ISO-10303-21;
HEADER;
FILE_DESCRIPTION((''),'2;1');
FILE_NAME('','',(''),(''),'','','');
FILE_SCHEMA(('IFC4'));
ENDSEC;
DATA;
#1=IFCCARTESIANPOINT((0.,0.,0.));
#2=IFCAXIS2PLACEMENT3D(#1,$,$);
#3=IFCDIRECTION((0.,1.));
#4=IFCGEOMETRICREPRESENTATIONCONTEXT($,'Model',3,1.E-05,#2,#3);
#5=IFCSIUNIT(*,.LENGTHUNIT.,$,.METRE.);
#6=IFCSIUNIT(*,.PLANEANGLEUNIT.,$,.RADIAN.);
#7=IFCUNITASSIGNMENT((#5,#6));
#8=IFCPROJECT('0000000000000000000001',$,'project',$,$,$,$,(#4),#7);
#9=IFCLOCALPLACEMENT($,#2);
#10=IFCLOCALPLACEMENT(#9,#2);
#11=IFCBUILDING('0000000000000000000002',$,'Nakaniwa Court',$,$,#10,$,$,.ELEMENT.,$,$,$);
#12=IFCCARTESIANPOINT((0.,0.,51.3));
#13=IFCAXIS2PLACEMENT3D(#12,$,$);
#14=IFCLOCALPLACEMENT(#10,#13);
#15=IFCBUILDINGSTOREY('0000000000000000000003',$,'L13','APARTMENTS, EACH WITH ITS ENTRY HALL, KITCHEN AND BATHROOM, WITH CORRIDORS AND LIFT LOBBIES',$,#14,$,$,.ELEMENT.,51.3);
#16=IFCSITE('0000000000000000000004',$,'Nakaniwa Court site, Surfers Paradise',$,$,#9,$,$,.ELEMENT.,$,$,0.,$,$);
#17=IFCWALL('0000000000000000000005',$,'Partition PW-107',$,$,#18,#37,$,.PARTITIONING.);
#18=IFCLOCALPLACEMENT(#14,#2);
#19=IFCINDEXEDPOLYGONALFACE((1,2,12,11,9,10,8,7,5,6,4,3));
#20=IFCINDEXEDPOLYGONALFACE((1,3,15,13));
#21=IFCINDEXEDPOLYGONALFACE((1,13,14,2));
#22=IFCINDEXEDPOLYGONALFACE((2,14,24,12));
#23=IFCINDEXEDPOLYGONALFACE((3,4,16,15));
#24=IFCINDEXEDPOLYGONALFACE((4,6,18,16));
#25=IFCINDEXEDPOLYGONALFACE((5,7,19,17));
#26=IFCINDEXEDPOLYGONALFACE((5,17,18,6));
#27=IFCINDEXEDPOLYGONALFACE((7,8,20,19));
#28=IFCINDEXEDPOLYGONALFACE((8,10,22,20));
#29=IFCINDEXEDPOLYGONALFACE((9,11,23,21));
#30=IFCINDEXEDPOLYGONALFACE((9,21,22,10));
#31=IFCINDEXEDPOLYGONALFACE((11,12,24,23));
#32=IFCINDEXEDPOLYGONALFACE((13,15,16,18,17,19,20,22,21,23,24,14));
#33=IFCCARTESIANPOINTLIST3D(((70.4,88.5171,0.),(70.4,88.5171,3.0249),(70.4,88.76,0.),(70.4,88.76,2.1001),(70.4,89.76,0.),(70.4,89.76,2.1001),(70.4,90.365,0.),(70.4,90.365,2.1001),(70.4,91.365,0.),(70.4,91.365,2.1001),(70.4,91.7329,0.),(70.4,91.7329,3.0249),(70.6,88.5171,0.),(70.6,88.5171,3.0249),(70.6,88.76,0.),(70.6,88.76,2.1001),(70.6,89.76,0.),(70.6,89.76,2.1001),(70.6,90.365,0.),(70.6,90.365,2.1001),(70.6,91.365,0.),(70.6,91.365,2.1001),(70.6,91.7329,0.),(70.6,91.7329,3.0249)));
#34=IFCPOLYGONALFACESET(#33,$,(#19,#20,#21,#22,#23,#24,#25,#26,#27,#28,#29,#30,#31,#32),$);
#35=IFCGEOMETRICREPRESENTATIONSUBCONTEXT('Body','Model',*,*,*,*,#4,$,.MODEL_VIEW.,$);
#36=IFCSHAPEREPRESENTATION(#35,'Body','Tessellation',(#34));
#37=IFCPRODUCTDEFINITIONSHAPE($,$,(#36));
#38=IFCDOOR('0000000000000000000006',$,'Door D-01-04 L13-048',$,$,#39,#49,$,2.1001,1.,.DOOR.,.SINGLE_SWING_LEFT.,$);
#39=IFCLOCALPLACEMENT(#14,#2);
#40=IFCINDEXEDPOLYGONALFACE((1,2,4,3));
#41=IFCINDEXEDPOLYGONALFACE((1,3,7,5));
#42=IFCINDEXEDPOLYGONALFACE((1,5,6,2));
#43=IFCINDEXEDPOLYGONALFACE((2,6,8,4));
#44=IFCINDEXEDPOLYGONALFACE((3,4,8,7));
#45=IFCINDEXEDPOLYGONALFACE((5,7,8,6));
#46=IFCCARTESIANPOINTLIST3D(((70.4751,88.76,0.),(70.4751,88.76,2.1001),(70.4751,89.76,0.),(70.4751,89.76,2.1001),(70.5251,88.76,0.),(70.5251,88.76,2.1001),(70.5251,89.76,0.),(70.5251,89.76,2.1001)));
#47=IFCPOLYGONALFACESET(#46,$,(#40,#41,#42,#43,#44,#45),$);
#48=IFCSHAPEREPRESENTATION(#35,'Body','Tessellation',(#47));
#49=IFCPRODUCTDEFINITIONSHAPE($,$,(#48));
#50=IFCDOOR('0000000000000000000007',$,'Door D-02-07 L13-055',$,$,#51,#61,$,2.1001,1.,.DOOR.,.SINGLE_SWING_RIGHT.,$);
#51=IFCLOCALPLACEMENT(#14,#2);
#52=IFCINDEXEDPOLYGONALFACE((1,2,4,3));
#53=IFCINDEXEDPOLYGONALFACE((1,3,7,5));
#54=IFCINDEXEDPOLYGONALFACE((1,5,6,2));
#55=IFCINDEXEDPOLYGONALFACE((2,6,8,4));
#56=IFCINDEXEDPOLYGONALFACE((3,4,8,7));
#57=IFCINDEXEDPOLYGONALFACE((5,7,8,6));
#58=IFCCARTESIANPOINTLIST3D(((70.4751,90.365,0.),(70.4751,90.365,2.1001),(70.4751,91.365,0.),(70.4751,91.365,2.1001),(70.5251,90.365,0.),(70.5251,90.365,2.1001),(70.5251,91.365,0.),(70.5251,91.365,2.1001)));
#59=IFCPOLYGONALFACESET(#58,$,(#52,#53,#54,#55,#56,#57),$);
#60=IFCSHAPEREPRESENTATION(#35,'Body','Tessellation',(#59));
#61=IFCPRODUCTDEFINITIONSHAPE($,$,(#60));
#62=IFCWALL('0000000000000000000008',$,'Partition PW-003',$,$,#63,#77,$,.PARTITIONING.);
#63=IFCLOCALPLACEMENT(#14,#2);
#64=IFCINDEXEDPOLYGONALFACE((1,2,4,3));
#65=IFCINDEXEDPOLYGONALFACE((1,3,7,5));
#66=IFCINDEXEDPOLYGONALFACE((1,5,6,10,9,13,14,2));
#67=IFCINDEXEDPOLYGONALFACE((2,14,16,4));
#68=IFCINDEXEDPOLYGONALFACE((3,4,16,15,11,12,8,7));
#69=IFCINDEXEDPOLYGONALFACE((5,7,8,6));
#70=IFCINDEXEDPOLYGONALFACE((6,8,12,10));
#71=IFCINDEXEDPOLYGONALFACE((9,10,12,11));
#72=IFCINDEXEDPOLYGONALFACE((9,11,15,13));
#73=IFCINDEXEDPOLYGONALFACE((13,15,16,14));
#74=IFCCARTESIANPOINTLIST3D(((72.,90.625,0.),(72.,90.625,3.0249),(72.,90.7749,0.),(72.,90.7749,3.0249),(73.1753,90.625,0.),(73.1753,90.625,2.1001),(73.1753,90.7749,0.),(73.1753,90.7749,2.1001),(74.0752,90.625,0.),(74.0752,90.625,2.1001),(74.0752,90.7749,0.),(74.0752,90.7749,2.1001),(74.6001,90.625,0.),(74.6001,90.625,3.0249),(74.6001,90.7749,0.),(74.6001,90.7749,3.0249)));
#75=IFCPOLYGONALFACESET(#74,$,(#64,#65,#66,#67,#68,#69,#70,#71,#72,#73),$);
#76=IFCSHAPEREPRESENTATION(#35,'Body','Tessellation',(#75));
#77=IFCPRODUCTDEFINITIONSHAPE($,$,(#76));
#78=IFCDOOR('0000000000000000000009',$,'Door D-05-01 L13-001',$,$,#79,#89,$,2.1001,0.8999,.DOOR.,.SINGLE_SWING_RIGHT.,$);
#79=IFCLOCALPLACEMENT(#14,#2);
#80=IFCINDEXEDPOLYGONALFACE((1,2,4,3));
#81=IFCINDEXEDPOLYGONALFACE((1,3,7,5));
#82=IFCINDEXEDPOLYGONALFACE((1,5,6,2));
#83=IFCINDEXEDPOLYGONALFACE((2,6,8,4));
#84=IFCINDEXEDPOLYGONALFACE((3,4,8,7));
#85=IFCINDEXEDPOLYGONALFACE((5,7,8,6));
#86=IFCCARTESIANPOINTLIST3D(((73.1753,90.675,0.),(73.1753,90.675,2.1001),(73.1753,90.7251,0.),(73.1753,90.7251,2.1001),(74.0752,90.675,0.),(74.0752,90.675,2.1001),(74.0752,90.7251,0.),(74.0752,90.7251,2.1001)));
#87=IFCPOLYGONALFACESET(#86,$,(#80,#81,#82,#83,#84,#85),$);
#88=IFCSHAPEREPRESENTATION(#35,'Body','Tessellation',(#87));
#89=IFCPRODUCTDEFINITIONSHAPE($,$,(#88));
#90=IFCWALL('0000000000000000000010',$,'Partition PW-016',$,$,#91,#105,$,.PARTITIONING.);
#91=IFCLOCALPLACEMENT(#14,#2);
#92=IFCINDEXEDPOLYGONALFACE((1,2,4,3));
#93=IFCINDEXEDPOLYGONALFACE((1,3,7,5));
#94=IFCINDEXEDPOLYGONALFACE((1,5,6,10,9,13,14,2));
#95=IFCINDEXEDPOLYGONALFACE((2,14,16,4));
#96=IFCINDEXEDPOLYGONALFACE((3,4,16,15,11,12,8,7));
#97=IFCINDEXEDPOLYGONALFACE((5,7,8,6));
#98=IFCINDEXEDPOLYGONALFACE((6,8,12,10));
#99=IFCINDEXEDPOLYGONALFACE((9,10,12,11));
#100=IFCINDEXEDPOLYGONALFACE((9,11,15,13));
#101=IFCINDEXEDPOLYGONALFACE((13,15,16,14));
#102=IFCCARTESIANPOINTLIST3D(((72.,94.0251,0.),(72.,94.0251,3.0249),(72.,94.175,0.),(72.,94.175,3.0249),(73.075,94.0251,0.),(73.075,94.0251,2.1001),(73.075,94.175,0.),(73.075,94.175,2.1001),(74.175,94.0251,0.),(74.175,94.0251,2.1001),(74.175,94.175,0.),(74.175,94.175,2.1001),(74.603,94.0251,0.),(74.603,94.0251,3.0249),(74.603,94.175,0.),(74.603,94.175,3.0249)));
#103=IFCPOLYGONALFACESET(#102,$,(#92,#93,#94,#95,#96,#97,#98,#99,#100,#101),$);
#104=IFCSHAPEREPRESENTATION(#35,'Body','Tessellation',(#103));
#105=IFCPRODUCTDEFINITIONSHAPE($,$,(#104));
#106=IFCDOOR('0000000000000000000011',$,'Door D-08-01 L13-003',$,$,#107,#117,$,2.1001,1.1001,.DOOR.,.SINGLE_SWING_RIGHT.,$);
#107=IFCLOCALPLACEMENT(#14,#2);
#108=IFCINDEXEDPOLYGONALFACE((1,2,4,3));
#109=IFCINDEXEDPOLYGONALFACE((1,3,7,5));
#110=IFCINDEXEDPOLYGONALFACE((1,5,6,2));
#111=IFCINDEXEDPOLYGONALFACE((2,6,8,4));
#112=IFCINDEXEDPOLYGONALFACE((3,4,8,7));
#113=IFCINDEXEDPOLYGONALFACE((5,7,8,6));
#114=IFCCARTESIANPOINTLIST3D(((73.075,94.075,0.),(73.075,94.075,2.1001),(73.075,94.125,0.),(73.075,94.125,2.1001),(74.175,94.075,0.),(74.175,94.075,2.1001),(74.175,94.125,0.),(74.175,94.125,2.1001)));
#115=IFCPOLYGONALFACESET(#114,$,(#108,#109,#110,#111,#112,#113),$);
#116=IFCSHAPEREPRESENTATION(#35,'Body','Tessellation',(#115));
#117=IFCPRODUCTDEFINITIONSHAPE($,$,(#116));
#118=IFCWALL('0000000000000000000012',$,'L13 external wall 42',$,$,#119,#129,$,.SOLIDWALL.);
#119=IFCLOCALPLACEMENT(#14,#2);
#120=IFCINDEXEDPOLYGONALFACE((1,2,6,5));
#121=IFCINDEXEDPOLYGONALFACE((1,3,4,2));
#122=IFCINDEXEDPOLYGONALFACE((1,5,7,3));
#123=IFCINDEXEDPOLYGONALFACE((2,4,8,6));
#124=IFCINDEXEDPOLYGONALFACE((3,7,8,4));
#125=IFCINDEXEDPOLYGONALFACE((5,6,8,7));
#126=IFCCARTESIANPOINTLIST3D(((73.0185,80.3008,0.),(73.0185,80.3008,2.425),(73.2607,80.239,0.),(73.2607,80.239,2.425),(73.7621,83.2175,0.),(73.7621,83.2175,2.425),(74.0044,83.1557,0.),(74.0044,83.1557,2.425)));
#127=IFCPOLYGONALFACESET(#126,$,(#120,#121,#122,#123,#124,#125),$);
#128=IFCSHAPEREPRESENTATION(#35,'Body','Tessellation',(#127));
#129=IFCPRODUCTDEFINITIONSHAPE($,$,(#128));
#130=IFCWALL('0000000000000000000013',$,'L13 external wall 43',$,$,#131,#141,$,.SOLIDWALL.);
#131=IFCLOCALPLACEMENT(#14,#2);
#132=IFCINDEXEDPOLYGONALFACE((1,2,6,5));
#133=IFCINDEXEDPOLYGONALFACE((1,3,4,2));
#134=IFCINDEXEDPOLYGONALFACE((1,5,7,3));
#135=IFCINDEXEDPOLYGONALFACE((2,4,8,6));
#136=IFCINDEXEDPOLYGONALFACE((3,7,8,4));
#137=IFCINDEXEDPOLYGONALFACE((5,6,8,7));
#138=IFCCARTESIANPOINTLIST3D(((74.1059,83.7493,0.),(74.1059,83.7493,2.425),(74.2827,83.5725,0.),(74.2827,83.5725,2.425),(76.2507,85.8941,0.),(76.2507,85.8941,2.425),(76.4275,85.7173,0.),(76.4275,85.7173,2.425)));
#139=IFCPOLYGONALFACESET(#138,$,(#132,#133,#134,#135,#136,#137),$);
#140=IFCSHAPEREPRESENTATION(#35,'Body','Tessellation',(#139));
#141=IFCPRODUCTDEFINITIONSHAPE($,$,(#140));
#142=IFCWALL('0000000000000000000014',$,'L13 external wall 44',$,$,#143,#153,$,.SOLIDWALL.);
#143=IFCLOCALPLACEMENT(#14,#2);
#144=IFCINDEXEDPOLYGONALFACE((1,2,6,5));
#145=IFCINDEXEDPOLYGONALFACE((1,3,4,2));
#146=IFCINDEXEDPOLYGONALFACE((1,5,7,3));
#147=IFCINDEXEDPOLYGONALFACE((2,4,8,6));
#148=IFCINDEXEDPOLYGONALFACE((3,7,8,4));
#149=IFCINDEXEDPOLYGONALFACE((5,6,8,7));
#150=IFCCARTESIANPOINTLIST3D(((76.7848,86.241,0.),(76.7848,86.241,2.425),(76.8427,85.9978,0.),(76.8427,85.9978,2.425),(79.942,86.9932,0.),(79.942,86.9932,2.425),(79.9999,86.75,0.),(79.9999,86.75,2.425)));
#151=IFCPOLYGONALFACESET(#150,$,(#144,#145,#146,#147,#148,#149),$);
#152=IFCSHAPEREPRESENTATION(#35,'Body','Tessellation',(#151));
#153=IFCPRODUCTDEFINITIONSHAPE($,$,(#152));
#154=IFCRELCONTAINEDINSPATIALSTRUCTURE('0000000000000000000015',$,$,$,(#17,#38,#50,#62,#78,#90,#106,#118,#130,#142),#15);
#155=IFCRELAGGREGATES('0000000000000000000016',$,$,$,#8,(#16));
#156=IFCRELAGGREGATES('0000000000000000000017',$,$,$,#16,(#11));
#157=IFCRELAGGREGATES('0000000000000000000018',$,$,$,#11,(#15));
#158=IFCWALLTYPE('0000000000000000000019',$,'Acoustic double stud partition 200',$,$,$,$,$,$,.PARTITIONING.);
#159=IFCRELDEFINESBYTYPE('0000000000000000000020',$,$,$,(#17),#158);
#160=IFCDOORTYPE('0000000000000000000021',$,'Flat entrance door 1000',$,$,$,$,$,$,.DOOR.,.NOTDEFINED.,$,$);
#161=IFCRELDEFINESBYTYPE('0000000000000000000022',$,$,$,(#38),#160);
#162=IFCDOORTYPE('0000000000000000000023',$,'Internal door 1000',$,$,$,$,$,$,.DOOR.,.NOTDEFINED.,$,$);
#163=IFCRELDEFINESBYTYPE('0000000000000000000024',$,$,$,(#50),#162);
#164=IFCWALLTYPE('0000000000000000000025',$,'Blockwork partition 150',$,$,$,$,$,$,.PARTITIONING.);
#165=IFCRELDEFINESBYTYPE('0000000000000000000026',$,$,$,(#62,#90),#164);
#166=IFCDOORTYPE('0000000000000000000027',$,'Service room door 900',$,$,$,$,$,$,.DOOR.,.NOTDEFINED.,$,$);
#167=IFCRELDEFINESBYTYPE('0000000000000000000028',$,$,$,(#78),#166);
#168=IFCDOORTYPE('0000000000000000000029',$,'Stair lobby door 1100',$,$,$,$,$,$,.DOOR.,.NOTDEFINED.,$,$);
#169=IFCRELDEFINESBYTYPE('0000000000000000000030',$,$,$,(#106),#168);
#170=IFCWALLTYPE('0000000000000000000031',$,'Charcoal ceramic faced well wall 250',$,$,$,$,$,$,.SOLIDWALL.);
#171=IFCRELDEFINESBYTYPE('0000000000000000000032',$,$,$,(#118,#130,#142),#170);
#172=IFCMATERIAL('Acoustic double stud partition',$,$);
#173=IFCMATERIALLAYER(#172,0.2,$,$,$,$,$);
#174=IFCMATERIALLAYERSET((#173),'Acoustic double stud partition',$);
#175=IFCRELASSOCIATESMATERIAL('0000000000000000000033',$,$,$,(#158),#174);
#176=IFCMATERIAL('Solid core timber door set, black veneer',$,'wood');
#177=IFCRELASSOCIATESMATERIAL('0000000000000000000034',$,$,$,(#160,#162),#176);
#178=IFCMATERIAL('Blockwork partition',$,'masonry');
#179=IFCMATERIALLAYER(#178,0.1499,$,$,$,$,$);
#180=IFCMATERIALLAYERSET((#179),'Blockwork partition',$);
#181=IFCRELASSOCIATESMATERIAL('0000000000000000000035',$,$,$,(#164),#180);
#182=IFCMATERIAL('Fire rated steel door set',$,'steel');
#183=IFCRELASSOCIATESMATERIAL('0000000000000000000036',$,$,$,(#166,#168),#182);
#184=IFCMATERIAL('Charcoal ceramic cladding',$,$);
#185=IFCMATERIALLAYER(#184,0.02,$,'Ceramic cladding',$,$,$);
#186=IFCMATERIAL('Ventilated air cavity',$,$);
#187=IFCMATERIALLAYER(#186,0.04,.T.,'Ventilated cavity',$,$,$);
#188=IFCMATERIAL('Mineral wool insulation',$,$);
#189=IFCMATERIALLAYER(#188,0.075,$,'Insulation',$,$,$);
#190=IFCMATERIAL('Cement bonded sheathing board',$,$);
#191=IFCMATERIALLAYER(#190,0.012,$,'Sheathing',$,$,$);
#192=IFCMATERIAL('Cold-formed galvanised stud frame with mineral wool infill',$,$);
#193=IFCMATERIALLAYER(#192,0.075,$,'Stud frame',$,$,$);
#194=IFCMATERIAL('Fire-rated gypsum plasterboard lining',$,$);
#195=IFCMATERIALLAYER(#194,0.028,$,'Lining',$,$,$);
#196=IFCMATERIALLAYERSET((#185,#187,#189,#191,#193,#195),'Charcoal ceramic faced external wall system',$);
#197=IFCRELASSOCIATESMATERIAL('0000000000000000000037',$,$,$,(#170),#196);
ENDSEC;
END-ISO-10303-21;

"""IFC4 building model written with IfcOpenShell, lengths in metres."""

from ifc_helpers import new_model, si_unit, direction, frame, frame_2d, origin, place, context, subcontext, project, spatial, rectangle, extrude, material, layer, layer_set, type_object, element, fill, save


model = new_model("IFC4")

# Units and contexts
model_context = context("Model", 3, precision=1e-05, world=origin(), true_north=direction((0.0, 1.0)))
body_context = subcontext(model_context, "Body", "Model", "MODEL_VIEW")
ifc_project = project(units=[si_unit("LENGTHUNIT", "METRE"), si_unit("PLANEANGLEUNIT", "RADIAN")], contexts=[model_context])

# Site, building, storey
site_placement = place(None, origin())
site = spatial("IfcSite", under=ifc_project, at=site_placement, Name="Nakaniwa Court site, Surfers Paradise", CompositionType="ELEMENT", RefElevation=0.0)
building_placement = place(site_placement, origin())
building = spatial("IfcBuilding", under=site, at=building_placement, Name="Nakaniwa Court", CompositionType="ELEMENT")
storey_placement = place(building_placement, frame((0.0, 0.0, 51.3)))
storey = spatial("IfcBuildingStorey", under=building, at=storey_placement, Name="L13", Description="APARTMENTS, EACH WITH ITS ENTRY HALL, KITCHEN AND BATHROOM, WITH CORRIDORS AND LIFT LOBBIES", CompositionType="ELEMENT", Elevation=51.3)

# Shared definitions
ifc_material_1 = material(Name="Acoustic double stud partition")
ifc_layer_1 = layer(ifc_material_1, 0.2)
ifc_layer_set_1 = layer_set([ifc_layer_1], Name="Acoustic double stud partition")
wall_type_1 = type_object("IfcWallType", Name="Acoustic double stud partition 200", PredefinedType="PARTITIONING", material=ifc_layer_set_1)

# Wall, openings, doors
wall_1_placement = place(storey_placement, frame((70.5, 88.5171, 0.0), z_axis=(0.0, 0.0, 1.0), x_axis=(0.0, 1.0, 0.0)))
wall_1 = element("IfcWall", 1, at=wall_1_placement, inside=storey, type_object=wall_type_1, Name="Partition PW-107", PredefinedType="PARTITIONING", context=body_context, shape_type="SweptSolid", body=[
    extrude(rectangle(XDim=3.2158, YDim=0.2, at=frame_2d((1.6079, 0.0))), origin(), (0.0, 0.0, 1.0), 3.0249),
])
opening_1_placement = place(wall_1_placement, frame((0.2429, 0.0, 0.0)))
opening_1 = element("IfcOpeningElement", 2, at=opening_1_placement, cuts=wall_1, PredefinedType="OPENING", context=body_context, shape_type="SweptSolid", body=[
    extrude(rectangle(XDim=1.0, YDim=2.1001, at=frame_2d((0.5, 1.05))), frame((0.0, 0.1099, 0.0), z_axis=(0.0, -1.0, 0.0), x_axis=(1.0, 0.0, 0.0)), (0.0, 0.0, 1.0), 0.22),
])
opening_2_placement = place(wall_1_placement, frame((1.8479, 0.0, 0.0)))
opening_2 = element("IfcOpeningElement", 3, at=opening_2_placement, cuts=wall_1, PredefinedType="OPENING", context=body_context, shape_type="SweptSolid", body=[
    extrude(rectangle(XDim=1.0, YDim=2.1001, at=frame_2d((0.5, 1.05))), frame((0.0, 0.1099, 0.0), z_axis=(0.0, -1.0, 0.0), x_axis=(1.0, 0.0, 0.0)), (0.0, 0.0, 1.0), 0.22),
])
ifc_material_2 = material(Name="Solid core timber door set, black veneer", Category="wood")
door_type_1 = type_object("IfcDoorType", Name="Flat entrance door 1000", OperationType="NOTDEFINED", PredefinedType="DOOR", material=ifc_material_2)
door_1_placement = place(opening_1_placement, origin())
door_1 = element("IfcDoor", 4, at=door_1_placement, inside=storey, type_object=door_type_1, Name="Door D-01-04 L13-048", OperationType="SINGLE_SWING_LEFT", OverallHeight=2.1001, OverallWidth=1.0, PredefinedType="DOOR", context=body_context, shape_type="SweptSolid", body=[
    extrude(rectangle(XDim=1.0, YDim=2.1001, at=frame_2d((0.5, 1.05))), frame((0.0, 0.0249, 0.0), z_axis=(0.0, -1.0, 0.0), x_axis=(1.0, 0.0, 0.0)), (0.0, 0.0, 1.0), 0.05),
])
fill(opening_1, door_1)
door_type_2 = type_object("IfcDoorType", Name="Internal door 1000", OperationType="NOTDEFINED", PredefinedType="DOOR", material=ifc_material_2)
door_2_placement = place(opening_2_placement, origin())
door_2 = element("IfcDoor", 5, at=door_2_placement, inside=storey, type_object=door_type_2, Name="Door D-02-07 L13-055", OperationType="SINGLE_SWING_RIGHT", OverallHeight=2.1001, OverallWidth=1.0, PredefinedType="DOOR", context=body_context, shape_type="SweptSolid", body=[
    extrude(rectangle(XDim=1.0, YDim=2.1001, at=frame_2d((0.5, 1.05))), frame((0.0, 0.0249, 0.0), z_axis=(0.0, -1.0, 0.0), x_axis=(1.0, 0.0, 0.0)), (0.0, 0.0, 1.0), 0.05),
])
fill(opening_2, door_2)

# Walls, openings, doors
ifc_material_3 = material(Name="Blockwork partition", Category="masonry")
ifc_layer_2 = layer(ifc_material_3, 0.1499)
ifc_layer_set_2 = layer_set([ifc_layer_2], Name="Blockwork partition")
wall_type_2 = type_object("IfcWallType", Name="Blockwork partition 150", PredefinedType="PARTITIONING", material=ifc_layer_set_2)
wall_2_placement = place(storey_placement, frame((74.6001, 90.7, 0.0), z_axis=(0.0, 0.0, 1.0), x_axis=(-1.0, 0.0, 0.0)))
wall_2 = element("IfcWall", 6, at=wall_2_placement, inside=storey, type_object=wall_type_2, Name="Partition PW-003", PredefinedType="PARTITIONING", context=body_context, shape_type="SweptSolid", body=[
    extrude(rectangle(XDim=2.6001, YDim=0.1499, at=frame_2d((1.3, 0.0))), origin(), (0.0, 0.0, 1.0), 3.0249),
])
opening_3_placement = place(wall_2_placement, frame((0.5249, 0.0, 0.0)))
opening_3 = element("IfcOpeningElement", 7, at=opening_3_placement, cuts=wall_2, PredefinedType="OPENING", context=body_context, shape_type="SweptSolid", body=[
    extrude(rectangle(XDim=0.8999, YDim=2.1001, at=frame_2d((0.45, 1.05))), frame((0.0, 0.085, 0.0), z_axis=(0.0, -1.0, 0.0), x_axis=(1.0, 0.0, 0.0)), (0.0, 0.0, 1.0), 0.1699),
])
ifc_material_4 = material(Name="Fire rated steel door set", Category="steel")
door_type_3 = type_object("IfcDoorType", Name="Service room door 900", OperationType="NOTDEFINED", PredefinedType="DOOR", material=ifc_material_4)
door_3_placement = place(opening_3_placement, origin())
door_3 = element("IfcDoor", 8, at=door_3_placement, inside=storey, type_object=door_type_3, Name="Door D-05-01 L13-001", OperationType="SINGLE_SWING_RIGHT", OverallHeight=2.1001, OverallWidth=0.8999, PredefinedType="DOOR", context=body_context, shape_type="SweptSolid", body=[
    extrude(rectangle(XDim=0.8999, YDim=2.1001, at=frame_2d((0.45, 1.05))), frame((0.0, 0.0249, 0.0), z_axis=(0.0, -1.0, 0.0), x_axis=(1.0, 0.0, 0.0)), (0.0, 0.0, 1.0), 0.05),
])
fill(opening_3, door_3)
wall_3_placement = place(storey_placement, frame((72.0, 94.1001, 0.0), z_axis=(0.0, 0.0, 1.0), x_axis=(1.0, 0.0, 0.0)))
wall_3 = element("IfcWall", 9, at=wall_3_placement, inside=storey, type_object=wall_type_2, Name="Partition PW-016", PredefinedType="PARTITIONING", context=body_context, shape_type="SweptSolid", body=[
    extrude(rectangle(XDim=2.603, YDim=0.1499, at=frame_2d((1.3015, 0.0))), origin(), (0.0, 0.0, 1.0), 3.0249),
])
opening_4_placement = place(wall_3_placement, frame((1.075, 0.0, 0.0)))
opening_4 = element("IfcOpeningElement", 10, at=opening_4_placement, cuts=wall_3, PredefinedType="OPENING", context=body_context, shape_type="SweptSolid", body=[
    extrude(rectangle(XDim=1.1001, YDim=2.1001, at=frame_2d((0.55, 1.05))), frame((0.0, 0.085, 0.0), z_axis=(0.0, -1.0, 0.0), x_axis=(1.0, 0.0, 0.0)), (0.0, 0.0, 1.0), 0.1699),
])
door_type_4 = type_object("IfcDoorType", Name="Stair lobby door 1100", OperationType="NOTDEFINED", PredefinedType="DOOR", material=ifc_material_4)
door_4_placement = place(opening_4_placement, origin())
door_4 = element("IfcDoor", 11, at=door_4_placement, inside=storey, type_object=door_type_4, Name="Door D-08-01 L13-003", OperationType="SINGLE_SWING_RIGHT", OverallHeight=2.1001, OverallWidth=1.1001, PredefinedType="DOOR", context=body_context, shape_type="SweptSolid", body=[
    extrude(rectangle(XDim=1.1001, YDim=2.1001, at=frame_2d((0.55, 1.05))), frame((0.0, 0.0249, 0.0), z_axis=(0.0, -1.0, 0.0), x_axis=(1.0, 0.0, 0.0)), (0.0, 0.0, 1.0), 0.05),
])
fill(opening_4, door_4)

# Walls
ifc_material_5 = material(Name="Charcoal ceramic cladding")
ifc_layer_3 = layer(ifc_material_5, 0.02, Name="Ceramic cladding")
ifc_material_6 = material(Name="Ventilated air cavity")
ifc_layer_4 = layer(ifc_material_6, 0.04, ventilated=True, Name="Ventilated cavity")
ifc_material_7 = material(Name="Mineral wool insulation")
ifc_layer_5 = layer(ifc_material_7, 0.075, Name="Insulation")
ifc_material_8 = material(Name="Cement bonded sheathing board")
ifc_layer_6 = layer(ifc_material_8, 0.012, Name="Sheathing")
ifc_material_9 = material(Name="Cold-formed galvanised stud frame with mineral wool infill")
ifc_layer_7 = layer(ifc_material_9, 0.075, Name="Stud frame")
ifc_material_10 = material(Name="Fire-rated gypsum plasterboard lining")
ifc_layer_8 = layer(ifc_material_10, 0.028, Name="Lining")
ifc_layer_set_3 = layer_set([ifc_layer_3, ifc_layer_4, ifc_layer_5, ifc_layer_6, ifc_layer_7, ifc_layer_8], Name="Charcoal ceramic faced external wall system")
wall_type_3 = type_object("IfcWallType", Name="Charcoal ceramic faced well wall 250", PredefinedType="SOLIDWALL", material=ifc_layer_set_3)
wall_4_placement = place(storey_placement, frame((73.1396, 80.27, 0.0), z_axis=(0.0, 0.0, 1.0), x_axis=(0.247056, 0.969001, 0.0)))
element("IfcWall", 12, at=wall_4_placement, inside=storey, type_object=wall_type_3, Name="L13 external wall 42", PredefinedType="SOLIDWALL", context=body_context, shape_type="SweptSolid", body=[
    extrude(rectangle(XDim=3.01, YDim=0.25, at=frame_2d((1.5049, 0.0))), origin(), (0.0, 0.0, 1.0), 2.425),
])
wall_5_placement = place(storey_placement, frame((74.1943, 83.6609, 0.0), z_axis=(0.0, 0.0, 1.0), x_axis=(0.707107, 0.707107, 0.0)))
element("IfcWall", 13, at=wall_5_placement, inside=storey, type_object=wall_type_3, Name="L13 external wall 43", PredefinedType="SOLIDWALL", context=body_context, shape_type="SweptSolid", body=[
    extrude(rectangle(XDim=3.0332, YDim=0.25, at=frame_2d((1.5166, 0.0))), origin(), (0.0, 0.0, 1.0), 2.425),
])
wall_6_placement = place(storey_placement, frame((76.8137, 86.1194, 0.0), z_axis=(0.0, 0.0, 1.0), x_axis=(0.972773, 0.23176, 0.0)))
element("IfcWall", 14, at=wall_6_placement, inside=storey, type_object=wall_type_3, Name="L13 external wall 44", PredefinedType="SOLIDWALL", context=body_context, shape_type="SweptSolid", body=[
    extrude(rectangle(XDim=3.2456, YDim=0.25, at=frame_2d((1.6228, 0.0))), origin(), (0.0, 0.0, 1.0), 2.425),
])

save(model, "model.ifc")
